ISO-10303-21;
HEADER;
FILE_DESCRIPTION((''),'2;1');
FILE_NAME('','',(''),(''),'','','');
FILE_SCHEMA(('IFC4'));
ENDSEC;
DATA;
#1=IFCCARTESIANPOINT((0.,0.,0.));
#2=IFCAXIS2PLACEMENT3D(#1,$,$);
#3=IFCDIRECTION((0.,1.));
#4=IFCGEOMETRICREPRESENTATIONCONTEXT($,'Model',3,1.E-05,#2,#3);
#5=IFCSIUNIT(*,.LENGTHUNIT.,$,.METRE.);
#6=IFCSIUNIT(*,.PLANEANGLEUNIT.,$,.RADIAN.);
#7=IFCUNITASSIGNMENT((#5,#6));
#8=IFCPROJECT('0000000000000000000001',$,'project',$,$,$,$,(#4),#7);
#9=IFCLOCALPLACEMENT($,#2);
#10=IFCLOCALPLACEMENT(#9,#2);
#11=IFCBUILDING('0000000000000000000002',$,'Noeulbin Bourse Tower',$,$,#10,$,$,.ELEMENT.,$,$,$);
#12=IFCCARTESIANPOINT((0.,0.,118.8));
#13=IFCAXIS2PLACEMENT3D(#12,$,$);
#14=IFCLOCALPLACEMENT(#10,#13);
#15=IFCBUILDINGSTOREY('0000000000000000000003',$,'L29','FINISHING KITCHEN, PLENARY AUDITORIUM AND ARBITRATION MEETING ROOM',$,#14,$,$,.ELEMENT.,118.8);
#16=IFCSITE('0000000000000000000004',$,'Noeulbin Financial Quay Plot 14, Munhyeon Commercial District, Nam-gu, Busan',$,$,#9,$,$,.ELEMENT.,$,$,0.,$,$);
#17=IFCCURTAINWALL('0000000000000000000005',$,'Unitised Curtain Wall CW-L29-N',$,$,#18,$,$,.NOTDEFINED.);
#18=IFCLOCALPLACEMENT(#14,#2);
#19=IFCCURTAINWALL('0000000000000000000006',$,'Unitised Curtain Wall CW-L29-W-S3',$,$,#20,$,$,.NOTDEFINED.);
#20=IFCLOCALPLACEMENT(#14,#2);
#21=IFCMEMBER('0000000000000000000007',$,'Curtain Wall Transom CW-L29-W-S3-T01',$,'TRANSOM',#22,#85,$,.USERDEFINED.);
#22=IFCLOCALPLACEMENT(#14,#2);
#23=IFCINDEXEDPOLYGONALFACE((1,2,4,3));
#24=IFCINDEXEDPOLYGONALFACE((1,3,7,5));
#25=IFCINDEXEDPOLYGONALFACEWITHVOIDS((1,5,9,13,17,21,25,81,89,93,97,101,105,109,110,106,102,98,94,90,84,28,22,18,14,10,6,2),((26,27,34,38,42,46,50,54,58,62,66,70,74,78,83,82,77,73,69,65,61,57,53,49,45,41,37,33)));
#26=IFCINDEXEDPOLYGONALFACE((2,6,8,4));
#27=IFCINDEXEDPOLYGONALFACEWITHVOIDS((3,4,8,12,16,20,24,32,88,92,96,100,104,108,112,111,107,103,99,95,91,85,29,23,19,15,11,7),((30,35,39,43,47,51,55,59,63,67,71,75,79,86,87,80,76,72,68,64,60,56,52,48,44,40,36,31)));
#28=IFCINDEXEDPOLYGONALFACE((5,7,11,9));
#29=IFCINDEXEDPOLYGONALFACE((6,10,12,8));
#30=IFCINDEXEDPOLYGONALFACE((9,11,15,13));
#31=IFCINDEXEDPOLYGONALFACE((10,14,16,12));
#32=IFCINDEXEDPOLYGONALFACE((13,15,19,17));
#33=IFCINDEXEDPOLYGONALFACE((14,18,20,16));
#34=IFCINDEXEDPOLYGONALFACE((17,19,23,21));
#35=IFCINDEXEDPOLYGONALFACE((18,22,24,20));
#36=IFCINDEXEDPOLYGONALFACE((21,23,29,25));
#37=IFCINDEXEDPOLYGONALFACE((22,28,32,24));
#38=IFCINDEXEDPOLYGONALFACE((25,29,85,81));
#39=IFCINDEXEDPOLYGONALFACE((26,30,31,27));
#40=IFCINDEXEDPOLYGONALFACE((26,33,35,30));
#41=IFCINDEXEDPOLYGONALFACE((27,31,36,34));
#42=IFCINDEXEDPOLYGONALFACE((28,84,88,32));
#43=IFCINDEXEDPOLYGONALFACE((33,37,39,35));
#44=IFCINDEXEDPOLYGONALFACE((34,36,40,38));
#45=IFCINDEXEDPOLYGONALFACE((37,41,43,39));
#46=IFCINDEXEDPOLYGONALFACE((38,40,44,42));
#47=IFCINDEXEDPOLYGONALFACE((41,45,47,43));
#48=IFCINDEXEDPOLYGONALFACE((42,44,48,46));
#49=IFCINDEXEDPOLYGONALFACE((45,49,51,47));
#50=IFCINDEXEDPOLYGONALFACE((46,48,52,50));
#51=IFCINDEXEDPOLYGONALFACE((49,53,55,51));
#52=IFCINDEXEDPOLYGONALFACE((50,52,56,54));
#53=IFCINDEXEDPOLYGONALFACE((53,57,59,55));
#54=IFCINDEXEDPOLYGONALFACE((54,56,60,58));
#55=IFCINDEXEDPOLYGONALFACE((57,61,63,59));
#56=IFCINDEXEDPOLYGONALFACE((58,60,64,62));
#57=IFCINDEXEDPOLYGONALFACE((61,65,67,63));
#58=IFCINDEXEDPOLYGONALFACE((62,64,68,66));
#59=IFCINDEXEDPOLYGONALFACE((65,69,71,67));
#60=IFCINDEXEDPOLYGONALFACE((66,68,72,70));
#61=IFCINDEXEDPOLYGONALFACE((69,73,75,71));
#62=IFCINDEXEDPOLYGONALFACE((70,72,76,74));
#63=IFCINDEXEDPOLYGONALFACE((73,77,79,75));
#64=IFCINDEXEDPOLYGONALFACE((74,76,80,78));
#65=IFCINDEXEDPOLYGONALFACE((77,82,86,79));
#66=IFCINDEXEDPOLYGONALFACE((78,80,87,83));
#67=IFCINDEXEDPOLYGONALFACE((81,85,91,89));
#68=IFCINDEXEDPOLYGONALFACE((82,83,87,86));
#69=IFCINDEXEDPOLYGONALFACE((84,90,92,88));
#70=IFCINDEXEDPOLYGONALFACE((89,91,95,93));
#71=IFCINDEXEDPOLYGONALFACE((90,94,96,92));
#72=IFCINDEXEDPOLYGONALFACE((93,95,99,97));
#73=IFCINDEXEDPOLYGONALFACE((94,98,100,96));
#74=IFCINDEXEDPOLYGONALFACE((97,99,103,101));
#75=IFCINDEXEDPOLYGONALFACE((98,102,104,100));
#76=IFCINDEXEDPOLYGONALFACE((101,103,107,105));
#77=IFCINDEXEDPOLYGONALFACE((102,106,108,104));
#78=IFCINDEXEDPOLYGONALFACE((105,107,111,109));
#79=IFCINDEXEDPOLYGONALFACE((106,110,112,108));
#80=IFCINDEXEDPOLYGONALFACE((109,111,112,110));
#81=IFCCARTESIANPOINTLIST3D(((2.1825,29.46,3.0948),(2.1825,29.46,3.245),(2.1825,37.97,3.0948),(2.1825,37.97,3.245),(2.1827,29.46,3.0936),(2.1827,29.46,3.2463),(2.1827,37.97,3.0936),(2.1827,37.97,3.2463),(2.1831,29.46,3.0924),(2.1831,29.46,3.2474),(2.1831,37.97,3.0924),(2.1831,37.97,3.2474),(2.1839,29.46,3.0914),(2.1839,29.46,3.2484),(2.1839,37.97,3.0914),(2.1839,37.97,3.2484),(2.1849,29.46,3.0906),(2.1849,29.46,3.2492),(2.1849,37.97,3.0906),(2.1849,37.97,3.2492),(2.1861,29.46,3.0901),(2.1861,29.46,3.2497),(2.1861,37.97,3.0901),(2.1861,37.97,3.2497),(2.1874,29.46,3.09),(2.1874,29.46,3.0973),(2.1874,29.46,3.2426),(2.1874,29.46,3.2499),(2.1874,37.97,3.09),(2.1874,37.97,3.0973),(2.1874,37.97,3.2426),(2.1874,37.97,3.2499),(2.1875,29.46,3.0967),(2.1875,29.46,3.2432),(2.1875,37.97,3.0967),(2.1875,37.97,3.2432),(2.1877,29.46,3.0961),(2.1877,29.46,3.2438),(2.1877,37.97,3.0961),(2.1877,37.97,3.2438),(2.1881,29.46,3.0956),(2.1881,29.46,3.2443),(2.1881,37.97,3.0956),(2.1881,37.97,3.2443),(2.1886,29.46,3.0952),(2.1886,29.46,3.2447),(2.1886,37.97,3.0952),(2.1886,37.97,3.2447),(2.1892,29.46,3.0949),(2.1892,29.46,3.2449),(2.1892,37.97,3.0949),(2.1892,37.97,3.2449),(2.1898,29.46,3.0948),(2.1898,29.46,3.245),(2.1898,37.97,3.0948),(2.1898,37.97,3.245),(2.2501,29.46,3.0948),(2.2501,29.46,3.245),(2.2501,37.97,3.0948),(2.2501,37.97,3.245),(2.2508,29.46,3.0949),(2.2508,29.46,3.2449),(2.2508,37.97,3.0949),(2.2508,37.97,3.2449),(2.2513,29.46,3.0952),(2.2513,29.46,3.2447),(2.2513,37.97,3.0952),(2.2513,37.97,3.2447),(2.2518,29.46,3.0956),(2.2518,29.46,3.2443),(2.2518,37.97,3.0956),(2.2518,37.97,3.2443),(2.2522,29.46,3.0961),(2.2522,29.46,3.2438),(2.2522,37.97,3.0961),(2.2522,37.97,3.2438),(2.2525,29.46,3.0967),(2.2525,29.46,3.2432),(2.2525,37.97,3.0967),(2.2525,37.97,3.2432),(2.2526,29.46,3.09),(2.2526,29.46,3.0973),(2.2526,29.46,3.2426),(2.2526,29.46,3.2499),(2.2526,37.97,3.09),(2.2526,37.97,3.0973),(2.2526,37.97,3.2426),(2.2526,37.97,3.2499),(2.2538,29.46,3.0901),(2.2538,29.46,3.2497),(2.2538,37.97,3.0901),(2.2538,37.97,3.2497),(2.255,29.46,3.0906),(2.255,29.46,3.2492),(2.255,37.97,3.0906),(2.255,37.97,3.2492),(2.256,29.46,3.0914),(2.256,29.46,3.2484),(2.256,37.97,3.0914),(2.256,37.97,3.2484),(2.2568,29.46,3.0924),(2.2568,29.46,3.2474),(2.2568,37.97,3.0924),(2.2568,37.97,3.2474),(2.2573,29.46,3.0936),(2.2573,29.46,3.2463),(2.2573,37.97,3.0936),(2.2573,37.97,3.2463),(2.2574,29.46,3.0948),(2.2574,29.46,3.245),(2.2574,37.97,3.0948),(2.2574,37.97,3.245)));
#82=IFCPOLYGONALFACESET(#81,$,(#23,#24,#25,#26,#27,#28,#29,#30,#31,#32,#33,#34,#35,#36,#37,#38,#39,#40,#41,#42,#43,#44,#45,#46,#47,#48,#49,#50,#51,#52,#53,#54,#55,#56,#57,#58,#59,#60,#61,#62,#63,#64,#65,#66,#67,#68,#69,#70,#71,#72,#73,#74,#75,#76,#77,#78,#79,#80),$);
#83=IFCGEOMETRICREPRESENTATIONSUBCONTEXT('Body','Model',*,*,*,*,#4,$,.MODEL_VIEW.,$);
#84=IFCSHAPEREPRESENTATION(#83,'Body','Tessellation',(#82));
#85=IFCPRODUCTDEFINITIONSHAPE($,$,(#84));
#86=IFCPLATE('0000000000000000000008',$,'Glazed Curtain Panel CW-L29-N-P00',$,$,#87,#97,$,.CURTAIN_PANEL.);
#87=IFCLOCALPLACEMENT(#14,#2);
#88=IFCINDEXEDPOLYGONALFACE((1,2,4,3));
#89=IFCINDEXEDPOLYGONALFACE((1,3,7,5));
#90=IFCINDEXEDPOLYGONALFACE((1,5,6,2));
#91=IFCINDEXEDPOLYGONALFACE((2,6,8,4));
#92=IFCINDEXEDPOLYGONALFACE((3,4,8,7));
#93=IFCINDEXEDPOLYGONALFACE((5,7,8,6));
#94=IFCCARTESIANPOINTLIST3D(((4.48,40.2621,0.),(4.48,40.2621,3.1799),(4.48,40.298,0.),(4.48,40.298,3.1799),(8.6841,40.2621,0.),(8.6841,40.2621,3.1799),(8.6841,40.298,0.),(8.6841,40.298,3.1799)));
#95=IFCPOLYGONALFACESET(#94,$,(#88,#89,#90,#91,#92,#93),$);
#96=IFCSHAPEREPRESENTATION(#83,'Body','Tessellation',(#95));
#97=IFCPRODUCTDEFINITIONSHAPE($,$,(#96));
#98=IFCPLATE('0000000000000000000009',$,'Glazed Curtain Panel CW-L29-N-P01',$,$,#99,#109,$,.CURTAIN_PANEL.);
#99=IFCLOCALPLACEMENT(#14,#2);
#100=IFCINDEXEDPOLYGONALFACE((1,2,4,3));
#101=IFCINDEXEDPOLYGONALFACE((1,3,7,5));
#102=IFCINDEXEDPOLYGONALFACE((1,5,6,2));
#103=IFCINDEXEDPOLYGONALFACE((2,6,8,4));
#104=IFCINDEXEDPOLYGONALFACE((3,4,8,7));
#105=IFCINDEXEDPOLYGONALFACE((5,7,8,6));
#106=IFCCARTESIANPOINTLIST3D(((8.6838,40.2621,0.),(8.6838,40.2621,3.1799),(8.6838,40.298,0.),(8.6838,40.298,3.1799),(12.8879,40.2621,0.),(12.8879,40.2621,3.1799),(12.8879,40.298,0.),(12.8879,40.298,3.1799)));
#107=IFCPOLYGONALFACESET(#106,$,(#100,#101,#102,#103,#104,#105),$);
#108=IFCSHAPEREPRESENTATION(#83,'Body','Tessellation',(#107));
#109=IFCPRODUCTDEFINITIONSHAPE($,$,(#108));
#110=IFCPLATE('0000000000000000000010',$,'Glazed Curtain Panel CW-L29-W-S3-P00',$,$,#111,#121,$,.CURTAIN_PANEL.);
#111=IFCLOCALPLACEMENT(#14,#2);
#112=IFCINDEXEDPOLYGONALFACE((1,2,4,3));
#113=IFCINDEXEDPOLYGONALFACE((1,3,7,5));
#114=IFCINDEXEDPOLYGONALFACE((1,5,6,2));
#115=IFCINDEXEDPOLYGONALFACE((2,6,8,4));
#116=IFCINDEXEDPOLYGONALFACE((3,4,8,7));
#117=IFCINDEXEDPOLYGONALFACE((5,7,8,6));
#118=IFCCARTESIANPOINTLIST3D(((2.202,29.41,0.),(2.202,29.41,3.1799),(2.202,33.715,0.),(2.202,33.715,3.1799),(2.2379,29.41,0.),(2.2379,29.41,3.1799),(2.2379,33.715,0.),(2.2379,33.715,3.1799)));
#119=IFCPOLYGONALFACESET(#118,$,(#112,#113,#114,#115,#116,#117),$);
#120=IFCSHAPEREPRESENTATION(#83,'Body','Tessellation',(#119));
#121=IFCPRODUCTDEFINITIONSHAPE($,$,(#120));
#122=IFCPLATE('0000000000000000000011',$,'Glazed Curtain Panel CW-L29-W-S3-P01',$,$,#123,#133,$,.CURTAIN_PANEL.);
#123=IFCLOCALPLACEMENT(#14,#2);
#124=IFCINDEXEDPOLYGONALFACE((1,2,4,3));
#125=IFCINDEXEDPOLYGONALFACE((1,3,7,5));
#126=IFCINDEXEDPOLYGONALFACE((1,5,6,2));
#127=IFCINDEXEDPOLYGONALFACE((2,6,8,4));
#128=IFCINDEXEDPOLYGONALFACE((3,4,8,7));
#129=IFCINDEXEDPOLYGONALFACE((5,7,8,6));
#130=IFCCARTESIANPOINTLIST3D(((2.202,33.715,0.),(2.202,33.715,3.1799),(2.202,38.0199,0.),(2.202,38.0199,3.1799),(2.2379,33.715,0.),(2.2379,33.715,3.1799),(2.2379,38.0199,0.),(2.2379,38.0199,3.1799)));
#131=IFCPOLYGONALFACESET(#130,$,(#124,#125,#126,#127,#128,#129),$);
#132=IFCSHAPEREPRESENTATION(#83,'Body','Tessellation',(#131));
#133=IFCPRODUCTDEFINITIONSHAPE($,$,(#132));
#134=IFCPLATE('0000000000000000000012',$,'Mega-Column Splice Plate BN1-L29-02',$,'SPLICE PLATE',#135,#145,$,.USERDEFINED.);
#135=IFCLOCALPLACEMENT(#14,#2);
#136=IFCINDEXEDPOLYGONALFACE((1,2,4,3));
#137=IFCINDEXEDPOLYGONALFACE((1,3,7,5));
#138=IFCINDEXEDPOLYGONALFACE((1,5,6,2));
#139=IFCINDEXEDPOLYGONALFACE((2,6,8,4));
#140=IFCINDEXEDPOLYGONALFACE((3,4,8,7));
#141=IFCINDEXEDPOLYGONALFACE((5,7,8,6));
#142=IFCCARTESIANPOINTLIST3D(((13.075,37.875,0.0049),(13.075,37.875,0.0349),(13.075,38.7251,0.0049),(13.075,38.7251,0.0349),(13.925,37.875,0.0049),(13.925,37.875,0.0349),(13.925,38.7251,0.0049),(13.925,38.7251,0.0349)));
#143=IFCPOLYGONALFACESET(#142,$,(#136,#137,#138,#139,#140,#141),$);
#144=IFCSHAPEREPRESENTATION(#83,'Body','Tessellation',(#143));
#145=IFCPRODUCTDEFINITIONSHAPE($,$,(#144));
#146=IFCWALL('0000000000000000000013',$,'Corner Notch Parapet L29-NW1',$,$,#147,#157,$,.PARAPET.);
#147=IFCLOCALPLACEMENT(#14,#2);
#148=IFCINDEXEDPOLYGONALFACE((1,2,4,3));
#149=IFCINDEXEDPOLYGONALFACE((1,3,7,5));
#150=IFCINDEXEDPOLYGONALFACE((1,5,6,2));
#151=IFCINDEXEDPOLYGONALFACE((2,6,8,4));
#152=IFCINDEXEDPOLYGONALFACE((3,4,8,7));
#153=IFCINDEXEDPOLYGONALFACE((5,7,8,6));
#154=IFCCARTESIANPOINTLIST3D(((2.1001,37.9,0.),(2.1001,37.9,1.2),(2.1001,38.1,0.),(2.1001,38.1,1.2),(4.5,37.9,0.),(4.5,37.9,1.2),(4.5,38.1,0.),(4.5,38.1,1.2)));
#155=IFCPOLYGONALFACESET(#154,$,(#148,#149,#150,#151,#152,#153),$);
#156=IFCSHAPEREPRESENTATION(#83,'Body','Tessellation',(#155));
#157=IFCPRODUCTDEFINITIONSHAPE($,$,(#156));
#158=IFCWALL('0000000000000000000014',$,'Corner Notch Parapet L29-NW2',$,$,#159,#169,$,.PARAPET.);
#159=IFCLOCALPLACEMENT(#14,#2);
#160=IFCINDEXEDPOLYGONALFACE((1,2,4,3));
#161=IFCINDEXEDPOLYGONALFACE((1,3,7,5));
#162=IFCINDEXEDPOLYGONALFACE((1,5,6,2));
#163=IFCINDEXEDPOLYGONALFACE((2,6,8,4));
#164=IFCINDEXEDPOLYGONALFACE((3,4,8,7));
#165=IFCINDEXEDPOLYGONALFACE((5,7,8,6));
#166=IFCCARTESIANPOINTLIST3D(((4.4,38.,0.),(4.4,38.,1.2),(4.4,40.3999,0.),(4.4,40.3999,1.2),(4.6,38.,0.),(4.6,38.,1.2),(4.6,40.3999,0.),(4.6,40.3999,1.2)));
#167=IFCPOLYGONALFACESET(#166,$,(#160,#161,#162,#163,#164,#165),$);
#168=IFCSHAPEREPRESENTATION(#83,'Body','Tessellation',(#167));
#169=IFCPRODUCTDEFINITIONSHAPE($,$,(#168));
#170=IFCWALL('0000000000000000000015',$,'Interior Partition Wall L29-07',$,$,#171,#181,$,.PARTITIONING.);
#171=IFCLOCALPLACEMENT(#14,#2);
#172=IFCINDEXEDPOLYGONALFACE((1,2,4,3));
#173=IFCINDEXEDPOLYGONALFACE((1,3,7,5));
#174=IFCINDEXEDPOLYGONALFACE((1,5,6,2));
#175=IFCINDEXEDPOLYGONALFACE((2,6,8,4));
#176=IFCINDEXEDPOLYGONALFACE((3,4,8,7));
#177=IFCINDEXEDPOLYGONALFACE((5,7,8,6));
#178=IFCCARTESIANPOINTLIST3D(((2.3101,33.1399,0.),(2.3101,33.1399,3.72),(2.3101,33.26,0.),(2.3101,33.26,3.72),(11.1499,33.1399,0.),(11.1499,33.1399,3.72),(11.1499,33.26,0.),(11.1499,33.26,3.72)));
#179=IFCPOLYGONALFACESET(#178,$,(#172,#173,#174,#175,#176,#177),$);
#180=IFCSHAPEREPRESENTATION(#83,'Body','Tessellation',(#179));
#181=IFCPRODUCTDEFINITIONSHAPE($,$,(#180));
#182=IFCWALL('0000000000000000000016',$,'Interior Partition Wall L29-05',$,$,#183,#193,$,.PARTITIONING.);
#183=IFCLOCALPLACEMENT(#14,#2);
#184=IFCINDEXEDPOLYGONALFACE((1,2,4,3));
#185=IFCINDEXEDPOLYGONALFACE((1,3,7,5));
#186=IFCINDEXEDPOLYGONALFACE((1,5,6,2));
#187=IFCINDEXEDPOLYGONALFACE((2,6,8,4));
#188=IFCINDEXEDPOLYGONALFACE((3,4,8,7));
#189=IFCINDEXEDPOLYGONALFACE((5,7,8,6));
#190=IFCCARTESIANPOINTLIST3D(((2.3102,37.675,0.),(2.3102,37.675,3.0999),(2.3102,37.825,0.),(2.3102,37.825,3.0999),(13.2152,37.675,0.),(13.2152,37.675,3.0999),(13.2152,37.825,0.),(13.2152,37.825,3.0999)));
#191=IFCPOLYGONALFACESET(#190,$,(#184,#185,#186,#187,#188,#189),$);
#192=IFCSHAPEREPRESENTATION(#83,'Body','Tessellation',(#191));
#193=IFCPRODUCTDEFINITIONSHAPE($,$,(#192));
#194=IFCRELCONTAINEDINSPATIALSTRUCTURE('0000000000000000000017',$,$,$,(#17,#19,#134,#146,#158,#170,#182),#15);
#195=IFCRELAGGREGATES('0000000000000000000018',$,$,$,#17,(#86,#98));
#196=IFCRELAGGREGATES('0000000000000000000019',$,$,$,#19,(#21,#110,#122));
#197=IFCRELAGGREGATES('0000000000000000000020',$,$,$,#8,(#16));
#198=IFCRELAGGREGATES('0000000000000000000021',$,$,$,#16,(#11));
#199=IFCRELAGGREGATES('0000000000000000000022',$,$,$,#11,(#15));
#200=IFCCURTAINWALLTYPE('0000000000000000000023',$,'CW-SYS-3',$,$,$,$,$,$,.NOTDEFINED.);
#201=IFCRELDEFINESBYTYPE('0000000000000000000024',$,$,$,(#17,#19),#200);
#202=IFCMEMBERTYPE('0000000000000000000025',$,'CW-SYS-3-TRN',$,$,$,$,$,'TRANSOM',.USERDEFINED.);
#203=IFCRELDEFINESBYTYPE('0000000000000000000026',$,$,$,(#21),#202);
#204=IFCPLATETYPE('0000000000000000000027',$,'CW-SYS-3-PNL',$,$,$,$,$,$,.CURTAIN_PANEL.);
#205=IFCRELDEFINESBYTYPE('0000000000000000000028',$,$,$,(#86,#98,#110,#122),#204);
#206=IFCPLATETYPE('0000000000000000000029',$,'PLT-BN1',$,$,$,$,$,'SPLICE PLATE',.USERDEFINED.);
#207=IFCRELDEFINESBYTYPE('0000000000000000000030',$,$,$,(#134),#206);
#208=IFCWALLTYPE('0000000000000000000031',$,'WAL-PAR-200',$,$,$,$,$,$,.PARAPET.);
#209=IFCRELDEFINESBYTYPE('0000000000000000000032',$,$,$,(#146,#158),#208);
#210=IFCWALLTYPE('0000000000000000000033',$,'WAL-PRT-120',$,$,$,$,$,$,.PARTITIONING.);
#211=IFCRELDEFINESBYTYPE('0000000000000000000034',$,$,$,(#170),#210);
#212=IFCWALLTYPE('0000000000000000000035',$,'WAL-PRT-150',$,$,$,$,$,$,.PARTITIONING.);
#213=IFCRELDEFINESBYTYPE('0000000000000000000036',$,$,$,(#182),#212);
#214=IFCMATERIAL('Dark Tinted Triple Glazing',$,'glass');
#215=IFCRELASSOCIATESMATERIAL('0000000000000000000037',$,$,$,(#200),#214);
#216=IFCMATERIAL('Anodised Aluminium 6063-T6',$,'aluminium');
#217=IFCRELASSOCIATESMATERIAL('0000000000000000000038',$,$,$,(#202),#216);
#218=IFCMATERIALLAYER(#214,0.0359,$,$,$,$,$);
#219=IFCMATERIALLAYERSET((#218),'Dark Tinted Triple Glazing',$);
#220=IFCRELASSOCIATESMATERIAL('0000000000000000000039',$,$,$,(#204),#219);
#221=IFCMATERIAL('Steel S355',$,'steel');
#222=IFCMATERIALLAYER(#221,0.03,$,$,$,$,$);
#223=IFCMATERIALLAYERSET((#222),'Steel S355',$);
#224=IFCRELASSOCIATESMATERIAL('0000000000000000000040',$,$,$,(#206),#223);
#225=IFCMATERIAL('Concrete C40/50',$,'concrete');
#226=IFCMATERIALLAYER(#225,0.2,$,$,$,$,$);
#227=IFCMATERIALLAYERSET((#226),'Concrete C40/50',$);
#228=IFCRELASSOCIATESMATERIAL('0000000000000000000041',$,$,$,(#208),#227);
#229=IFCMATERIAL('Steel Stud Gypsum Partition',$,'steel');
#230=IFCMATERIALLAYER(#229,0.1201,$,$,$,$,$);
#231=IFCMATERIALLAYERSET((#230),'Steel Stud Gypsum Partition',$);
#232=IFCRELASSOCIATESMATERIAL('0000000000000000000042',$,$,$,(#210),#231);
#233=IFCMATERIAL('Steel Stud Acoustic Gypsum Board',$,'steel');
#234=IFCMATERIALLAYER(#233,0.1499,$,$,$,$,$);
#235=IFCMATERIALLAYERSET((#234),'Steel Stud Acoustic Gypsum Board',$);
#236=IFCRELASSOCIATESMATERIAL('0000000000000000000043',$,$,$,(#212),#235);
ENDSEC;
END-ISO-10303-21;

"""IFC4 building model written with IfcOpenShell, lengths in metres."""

from ifc_helpers import new_model, si_unit, direction, frame, frame_2d, origin, origin_2d, place, context, subcontext, project, spatial, rectangle, hollow_rectangle, extrude, material, layer, layer_set, material_profile, profile_set, type_object, element, aggregate, save


model = new_model("IFC4")

# Units and contexts
model_context = context("Model", 3, precision=1e-05, world=origin(), true_north=direction((0.0, 1.0)))
body_context = subcontext(model_context, "Body", "Model", "MODEL_VIEW")
ifc_project = project(units=[si_unit("LENGTHUNIT", "METRE"), si_unit("PLANEANGLEUNIT", "RADIAN")], contexts=[model_context])

# Site, building, storey
site_placement = place(None, origin())
site = spatial("IfcSite", under=ifc_project, at=site_placement, Name="Noeulbin Financial Quay Plot 14, Munhyeon Commercial District, Nam-gu, Busan", CompositionType="ELEMENT", RefElevation=0.0)
building_placement = place(site_placement, origin())
building = spatial("IfcBuilding", under=site, at=building_placement, Name="Noeulbin Bourse Tower", CompositionType="ELEMENT")
storey_placement = place(building_placement, frame((0.0, 0.0, 118.8)))
storey = spatial("IfcBuildingStorey", under=building, at=storey_placement, Name="L29", Description="FINISHING KITCHEN, PLENARY AUDITORIUM AND ARBITRATION MEETING ROOM", CompositionType="ELEMENT", Elevation=118.8)

# Shared definitions
ifc_material_1 = material(Name="Steel S355", Category="steel")

# Curtain walls
ifc_material_2 = material(Name="Dark Tinted Triple Glazing", Category="glass")
curtain_wall_type = type_object("IfcCurtainWallType", Name="CW-SYS-3", PredefinedType="NOTDEFINED", material=ifc_material_2)
curtain_wall_1_placement = place(storey_placement, origin())
curtain_wall_1 = element("IfcCurtainWall", 1, at=curtain_wall_1_placement, inside=storey, type_object=curtain_wall_type, Name="Unitised Curtain Wall CW-L29-N", PredefinedType="NOTDEFINED")
ifc_material_3 = material(Name="Anodised Aluminium 6063-T6", Category="aluminium")
curtain_wall_2_placement = place(storey_placement, origin())
curtain_wall_2 = element("IfcCurtainWall", 2, at=curtain_wall_2_placement, inside=storey, type_object=curtain_wall_type, Name="Unitised Curtain Wall CW-L29-W-S3", PredefinedType="NOTDEFINED")

# Member
ifc_material_profile_1 = material_profile(ifc_material_3, hollow_rectangle(XDim=0.075, YDim=0.1599, WallThickness=0.0049, InnerFilletRadius=0.0024, OuterFilletRadius=0.0049, at=origin_2d()), Name="ALU-TRAN-75x160x5", Category="LoadBearing")
ifc_profile_set_1 = profile_set([ifc_material_profile_1], Name="Anodised Aluminium 6063-T6")
member_type_1 = type_object("IfcMemberType", Name="CW-SYS-3-TRN", ElementType="TRANSOM", PredefinedType="USERDEFINED", material=ifc_profile_set_1)
member_1_placement = place(storey_placement, frame((2.22, 29.46, 3.1699), z_axis=(0.0, 1.0, 0.0), x_axis=(-1.0, 0.0, 0.0)))
member_1 = element("IfcMember", 3, at=member_1_placement, type_object=member_type_1, Name="Curtain Wall Transom CW-L29-W-S3-T01", ObjectType="TRANSOM", PredefinedType="USERDEFINED", context=body_context, shape_type="SweptSolid", body=[
    extrude(hollow_rectangle(XDim=0.075, YDim=0.1599, WallThickness=0.0049, InnerFilletRadius=0.0024, OuterFilletRadius=0.0049, at=origin_2d()), origin(), (0.0, 0.0, 1.0), 8.51),
])

# Plates
ifc_layer_1 = layer(ifc_material_2, 0.0359)
ifc_layer_set_1 = layer_set([ifc_layer_1], Name="Dark Tinted Triple Glazing")
plate_type_1 = type_object("IfcPlateType", Name="CW-SYS-3-PNL", PredefinedType="CURTAIN_PANEL", material=ifc_layer_set_1)
plate_1_placement = place(storey_placement, frame((6.582, 40.28, 0.0), z_axis=(0.0, 0.0, 1.0), x_axis=(1.0, 0.0, 0.0)))
plate_1 = element("IfcPlate", 4, at=plate_1_placement, type_object=plate_type_1, Name="Glazed Curtain Panel CW-L29-N-P00", PredefinedType="CURTAIN_PANEL", context=body_context, shape_type="SweptSolid", body=[
    extrude(rectangle(XDim=4.2041, YDim=0.0359, at=origin_2d()), origin(), (0.0, 0.0, 1.0), 3.1799),
])
plate_2_placement = place(storey_placement, frame((10.7859, 40.28, 0.0), z_axis=(0.0, 0.0, 1.0), x_axis=(1.0, 0.0, 0.0)))
plate_2 = element("IfcPlate", 5, at=plate_2_placement, type_object=plate_type_1, Name="Glazed Curtain Panel CW-L29-N-P01", PredefinedType="CURTAIN_PANEL", context=body_context, shape_type="SweptSolid", body=[
    extrude(rectangle(XDim=4.2041, YDim=0.0359, at=origin_2d()), origin(), (0.0, 0.0, 1.0), 3.1799),
])
aggregate(curtain_wall_1, [plate_1, plate_2])
plate_3_placement = place(storey_placement, frame((2.22, 31.5625, 0.0), z_axis=(0.0, 0.0, 1.0), x_axis=(0.0, 1.0, 0.0)))
plate_3 = element("IfcPlate", 6, at=plate_3_placement, type_object=plate_type_1, Name="Glazed Curtain Panel CW-L29-W-S3-P00", PredefinedType="CURTAIN_PANEL", context=body_context, shape_type="SweptSolid", body=[
    extrude(rectangle(XDim=4.3049, YDim=0.0359, at=origin_2d()), origin(), (0.0, 0.0, 1.0), 3.1799),
])
plate_4_placement = place(storey_placement, frame((2.22, 35.8674, 0.0), z_axis=(0.0, 0.0, 1.0), x_axis=(0.0, 1.0, 0.0)))
plate_4 = element("IfcPlate", 7, at=plate_4_placement, type_object=plate_type_1, Name="Glazed Curtain Panel CW-L29-W-S3-P01", PredefinedType="CURTAIN_PANEL", context=body_context, shape_type="SweptSolid", body=[
    extrude(rectangle(XDim=4.3049, YDim=0.0359, at=origin_2d()), origin(), (0.0, 0.0, 1.0), 3.1799),
])
aggregate(curtain_wall_2, [member_1, plate_3, plate_4])
ifc_layer_2 = layer(ifc_material_1, 0.03)
ifc_layer_set_2 = layer_set([ifc_layer_2], Name="Steel S355")
plate_type_2 = type_object("IfcPlateType", Name="PLT-BN1", ElementType="SPLICE PLATE", PredefinedType="USERDEFINED", material=ifc_layer_set_2)
plate_5_placement = place(storey_placement, frame((13.5, 38.3, 0.0049), z_axis=(0.0, 0.0, 1.0), x_axis=(1.0, 0.0, 0.0)))
element("IfcPlate", 8, at=plate_5_placement, inside=storey, type_object=plate_type_2, Name="Mega-Column Splice Plate BN1-L29-02", ObjectType="SPLICE PLATE", PredefinedType="USERDEFINED", context=body_context, shape_type="SweptSolid", body=[
    extrude(rectangle(XDim=0.8501, YDim=0.8501, at=origin_2d()), origin(), (0.0, 0.0, 1.0), 0.03),
])

# Walls
ifc_material_4 = material(Name="Concrete C40/50", Category="concrete")
ifc_layer_3 = layer(ifc_material_4, 0.2)
ifc_layer_set_3 = layer_set([ifc_layer_3], Name="Concrete C40/50")
wall_type_1 = type_object("IfcWallType", Name="WAL-PAR-200", PredefinedType="PARAPET", material=ifc_layer_set_3)
for number, where, z_axis, x_axis, name in (
    (9, (2.1001, 38.0, 0.0), (0.0, 0.0, 1.0), (1.0, 0.0, 0.0), "Corner Notch Parapet L29-NW1"),
    (10, (4.5, 38.0, 0.0), (0.0, 0.0, 1.0), (0.0, 1.0, 0.0), "Corner Notch Parapet L29-NW2"),
):
    element("IfcWall", number, at=place(storey_placement, frame(where, z_axis=z_axis, x_axis=x_axis)), inside=storey, type_object=wall_type_1, Name=name, PredefinedType="PARAPET", context=body_context, shape_type="SweptSolid", body=[
        extrude(rectangle(XDim=2.3999, YDim=0.2, at=frame_2d((1.2, 0.0))), origin(), (0.0, 0.0, 1.0), 1.2),
    ])
ifc_material_5 = material(Name="Steel Stud Gypsum Partition", Category="steel")
ifc_layer_4 = layer(ifc_material_5, 0.1201)
ifc_layer_set_4 = layer_set([ifc_layer_4], Name="Steel Stud Gypsum Partition")
wall_type_2 = type_object("IfcWallType", Name="WAL-PRT-120", PredefinedType="PARTITIONING", material=ifc_layer_set_4)
wall_1_placement = place(storey_placement, frame((2.3101, 33.2, 0.0), z_axis=(0.0, 0.0, 1.0), x_axis=(1.0, 0.0, 0.0)))
element("IfcWall", 11, at=wall_1_placement, inside=storey, type_object=wall_type_2, Name="Interior Partition Wall L29-07", PredefinedType="PARTITIONING", context=body_context, shape_type="SweptSolid", body=[
    extrude(rectangle(XDim=8.8398, YDim=0.1201, at=frame_2d((4.4199, 0.0))), origin(), (0.0, 0.0, 1.0), 3.72),
])
ifc_material_6 = material(Name="Steel Stud Acoustic Gypsum Board", Category="steel")
ifc_layer_5 = layer(ifc_material_6, 0.1499)
ifc_layer_set_5 = layer_set([ifc_layer_5], Name="Steel Stud Acoustic Gypsum Board")
wall_type_3 = type_object("IfcWallType", Name="WAL-PRT-150", PredefinedType="PARTITIONING", material=ifc_layer_set_5)
wall_2_placement = place(storey_placement, frame((2.3101, 37.75, 0.0), z_axis=(0.0, 0.0, 1.0), x_axis=(1.0, 0.0, 0.0)))
element("IfcWall", 12, at=wall_2_placement, inside=storey, type_object=wall_type_3, Name="Interior Partition Wall L29-05", PredefinedType="PARTITIONING", context=body_context, shape_type="SweptSolid", body=[
    extrude(rectangle(XDim=10.905, YDim=0.1499, at=frame_2d((5.4526, 0.0))), origin(), (0.0, 0.0, 1.0), 3.0999),
])

save(model, "model.ifc")
